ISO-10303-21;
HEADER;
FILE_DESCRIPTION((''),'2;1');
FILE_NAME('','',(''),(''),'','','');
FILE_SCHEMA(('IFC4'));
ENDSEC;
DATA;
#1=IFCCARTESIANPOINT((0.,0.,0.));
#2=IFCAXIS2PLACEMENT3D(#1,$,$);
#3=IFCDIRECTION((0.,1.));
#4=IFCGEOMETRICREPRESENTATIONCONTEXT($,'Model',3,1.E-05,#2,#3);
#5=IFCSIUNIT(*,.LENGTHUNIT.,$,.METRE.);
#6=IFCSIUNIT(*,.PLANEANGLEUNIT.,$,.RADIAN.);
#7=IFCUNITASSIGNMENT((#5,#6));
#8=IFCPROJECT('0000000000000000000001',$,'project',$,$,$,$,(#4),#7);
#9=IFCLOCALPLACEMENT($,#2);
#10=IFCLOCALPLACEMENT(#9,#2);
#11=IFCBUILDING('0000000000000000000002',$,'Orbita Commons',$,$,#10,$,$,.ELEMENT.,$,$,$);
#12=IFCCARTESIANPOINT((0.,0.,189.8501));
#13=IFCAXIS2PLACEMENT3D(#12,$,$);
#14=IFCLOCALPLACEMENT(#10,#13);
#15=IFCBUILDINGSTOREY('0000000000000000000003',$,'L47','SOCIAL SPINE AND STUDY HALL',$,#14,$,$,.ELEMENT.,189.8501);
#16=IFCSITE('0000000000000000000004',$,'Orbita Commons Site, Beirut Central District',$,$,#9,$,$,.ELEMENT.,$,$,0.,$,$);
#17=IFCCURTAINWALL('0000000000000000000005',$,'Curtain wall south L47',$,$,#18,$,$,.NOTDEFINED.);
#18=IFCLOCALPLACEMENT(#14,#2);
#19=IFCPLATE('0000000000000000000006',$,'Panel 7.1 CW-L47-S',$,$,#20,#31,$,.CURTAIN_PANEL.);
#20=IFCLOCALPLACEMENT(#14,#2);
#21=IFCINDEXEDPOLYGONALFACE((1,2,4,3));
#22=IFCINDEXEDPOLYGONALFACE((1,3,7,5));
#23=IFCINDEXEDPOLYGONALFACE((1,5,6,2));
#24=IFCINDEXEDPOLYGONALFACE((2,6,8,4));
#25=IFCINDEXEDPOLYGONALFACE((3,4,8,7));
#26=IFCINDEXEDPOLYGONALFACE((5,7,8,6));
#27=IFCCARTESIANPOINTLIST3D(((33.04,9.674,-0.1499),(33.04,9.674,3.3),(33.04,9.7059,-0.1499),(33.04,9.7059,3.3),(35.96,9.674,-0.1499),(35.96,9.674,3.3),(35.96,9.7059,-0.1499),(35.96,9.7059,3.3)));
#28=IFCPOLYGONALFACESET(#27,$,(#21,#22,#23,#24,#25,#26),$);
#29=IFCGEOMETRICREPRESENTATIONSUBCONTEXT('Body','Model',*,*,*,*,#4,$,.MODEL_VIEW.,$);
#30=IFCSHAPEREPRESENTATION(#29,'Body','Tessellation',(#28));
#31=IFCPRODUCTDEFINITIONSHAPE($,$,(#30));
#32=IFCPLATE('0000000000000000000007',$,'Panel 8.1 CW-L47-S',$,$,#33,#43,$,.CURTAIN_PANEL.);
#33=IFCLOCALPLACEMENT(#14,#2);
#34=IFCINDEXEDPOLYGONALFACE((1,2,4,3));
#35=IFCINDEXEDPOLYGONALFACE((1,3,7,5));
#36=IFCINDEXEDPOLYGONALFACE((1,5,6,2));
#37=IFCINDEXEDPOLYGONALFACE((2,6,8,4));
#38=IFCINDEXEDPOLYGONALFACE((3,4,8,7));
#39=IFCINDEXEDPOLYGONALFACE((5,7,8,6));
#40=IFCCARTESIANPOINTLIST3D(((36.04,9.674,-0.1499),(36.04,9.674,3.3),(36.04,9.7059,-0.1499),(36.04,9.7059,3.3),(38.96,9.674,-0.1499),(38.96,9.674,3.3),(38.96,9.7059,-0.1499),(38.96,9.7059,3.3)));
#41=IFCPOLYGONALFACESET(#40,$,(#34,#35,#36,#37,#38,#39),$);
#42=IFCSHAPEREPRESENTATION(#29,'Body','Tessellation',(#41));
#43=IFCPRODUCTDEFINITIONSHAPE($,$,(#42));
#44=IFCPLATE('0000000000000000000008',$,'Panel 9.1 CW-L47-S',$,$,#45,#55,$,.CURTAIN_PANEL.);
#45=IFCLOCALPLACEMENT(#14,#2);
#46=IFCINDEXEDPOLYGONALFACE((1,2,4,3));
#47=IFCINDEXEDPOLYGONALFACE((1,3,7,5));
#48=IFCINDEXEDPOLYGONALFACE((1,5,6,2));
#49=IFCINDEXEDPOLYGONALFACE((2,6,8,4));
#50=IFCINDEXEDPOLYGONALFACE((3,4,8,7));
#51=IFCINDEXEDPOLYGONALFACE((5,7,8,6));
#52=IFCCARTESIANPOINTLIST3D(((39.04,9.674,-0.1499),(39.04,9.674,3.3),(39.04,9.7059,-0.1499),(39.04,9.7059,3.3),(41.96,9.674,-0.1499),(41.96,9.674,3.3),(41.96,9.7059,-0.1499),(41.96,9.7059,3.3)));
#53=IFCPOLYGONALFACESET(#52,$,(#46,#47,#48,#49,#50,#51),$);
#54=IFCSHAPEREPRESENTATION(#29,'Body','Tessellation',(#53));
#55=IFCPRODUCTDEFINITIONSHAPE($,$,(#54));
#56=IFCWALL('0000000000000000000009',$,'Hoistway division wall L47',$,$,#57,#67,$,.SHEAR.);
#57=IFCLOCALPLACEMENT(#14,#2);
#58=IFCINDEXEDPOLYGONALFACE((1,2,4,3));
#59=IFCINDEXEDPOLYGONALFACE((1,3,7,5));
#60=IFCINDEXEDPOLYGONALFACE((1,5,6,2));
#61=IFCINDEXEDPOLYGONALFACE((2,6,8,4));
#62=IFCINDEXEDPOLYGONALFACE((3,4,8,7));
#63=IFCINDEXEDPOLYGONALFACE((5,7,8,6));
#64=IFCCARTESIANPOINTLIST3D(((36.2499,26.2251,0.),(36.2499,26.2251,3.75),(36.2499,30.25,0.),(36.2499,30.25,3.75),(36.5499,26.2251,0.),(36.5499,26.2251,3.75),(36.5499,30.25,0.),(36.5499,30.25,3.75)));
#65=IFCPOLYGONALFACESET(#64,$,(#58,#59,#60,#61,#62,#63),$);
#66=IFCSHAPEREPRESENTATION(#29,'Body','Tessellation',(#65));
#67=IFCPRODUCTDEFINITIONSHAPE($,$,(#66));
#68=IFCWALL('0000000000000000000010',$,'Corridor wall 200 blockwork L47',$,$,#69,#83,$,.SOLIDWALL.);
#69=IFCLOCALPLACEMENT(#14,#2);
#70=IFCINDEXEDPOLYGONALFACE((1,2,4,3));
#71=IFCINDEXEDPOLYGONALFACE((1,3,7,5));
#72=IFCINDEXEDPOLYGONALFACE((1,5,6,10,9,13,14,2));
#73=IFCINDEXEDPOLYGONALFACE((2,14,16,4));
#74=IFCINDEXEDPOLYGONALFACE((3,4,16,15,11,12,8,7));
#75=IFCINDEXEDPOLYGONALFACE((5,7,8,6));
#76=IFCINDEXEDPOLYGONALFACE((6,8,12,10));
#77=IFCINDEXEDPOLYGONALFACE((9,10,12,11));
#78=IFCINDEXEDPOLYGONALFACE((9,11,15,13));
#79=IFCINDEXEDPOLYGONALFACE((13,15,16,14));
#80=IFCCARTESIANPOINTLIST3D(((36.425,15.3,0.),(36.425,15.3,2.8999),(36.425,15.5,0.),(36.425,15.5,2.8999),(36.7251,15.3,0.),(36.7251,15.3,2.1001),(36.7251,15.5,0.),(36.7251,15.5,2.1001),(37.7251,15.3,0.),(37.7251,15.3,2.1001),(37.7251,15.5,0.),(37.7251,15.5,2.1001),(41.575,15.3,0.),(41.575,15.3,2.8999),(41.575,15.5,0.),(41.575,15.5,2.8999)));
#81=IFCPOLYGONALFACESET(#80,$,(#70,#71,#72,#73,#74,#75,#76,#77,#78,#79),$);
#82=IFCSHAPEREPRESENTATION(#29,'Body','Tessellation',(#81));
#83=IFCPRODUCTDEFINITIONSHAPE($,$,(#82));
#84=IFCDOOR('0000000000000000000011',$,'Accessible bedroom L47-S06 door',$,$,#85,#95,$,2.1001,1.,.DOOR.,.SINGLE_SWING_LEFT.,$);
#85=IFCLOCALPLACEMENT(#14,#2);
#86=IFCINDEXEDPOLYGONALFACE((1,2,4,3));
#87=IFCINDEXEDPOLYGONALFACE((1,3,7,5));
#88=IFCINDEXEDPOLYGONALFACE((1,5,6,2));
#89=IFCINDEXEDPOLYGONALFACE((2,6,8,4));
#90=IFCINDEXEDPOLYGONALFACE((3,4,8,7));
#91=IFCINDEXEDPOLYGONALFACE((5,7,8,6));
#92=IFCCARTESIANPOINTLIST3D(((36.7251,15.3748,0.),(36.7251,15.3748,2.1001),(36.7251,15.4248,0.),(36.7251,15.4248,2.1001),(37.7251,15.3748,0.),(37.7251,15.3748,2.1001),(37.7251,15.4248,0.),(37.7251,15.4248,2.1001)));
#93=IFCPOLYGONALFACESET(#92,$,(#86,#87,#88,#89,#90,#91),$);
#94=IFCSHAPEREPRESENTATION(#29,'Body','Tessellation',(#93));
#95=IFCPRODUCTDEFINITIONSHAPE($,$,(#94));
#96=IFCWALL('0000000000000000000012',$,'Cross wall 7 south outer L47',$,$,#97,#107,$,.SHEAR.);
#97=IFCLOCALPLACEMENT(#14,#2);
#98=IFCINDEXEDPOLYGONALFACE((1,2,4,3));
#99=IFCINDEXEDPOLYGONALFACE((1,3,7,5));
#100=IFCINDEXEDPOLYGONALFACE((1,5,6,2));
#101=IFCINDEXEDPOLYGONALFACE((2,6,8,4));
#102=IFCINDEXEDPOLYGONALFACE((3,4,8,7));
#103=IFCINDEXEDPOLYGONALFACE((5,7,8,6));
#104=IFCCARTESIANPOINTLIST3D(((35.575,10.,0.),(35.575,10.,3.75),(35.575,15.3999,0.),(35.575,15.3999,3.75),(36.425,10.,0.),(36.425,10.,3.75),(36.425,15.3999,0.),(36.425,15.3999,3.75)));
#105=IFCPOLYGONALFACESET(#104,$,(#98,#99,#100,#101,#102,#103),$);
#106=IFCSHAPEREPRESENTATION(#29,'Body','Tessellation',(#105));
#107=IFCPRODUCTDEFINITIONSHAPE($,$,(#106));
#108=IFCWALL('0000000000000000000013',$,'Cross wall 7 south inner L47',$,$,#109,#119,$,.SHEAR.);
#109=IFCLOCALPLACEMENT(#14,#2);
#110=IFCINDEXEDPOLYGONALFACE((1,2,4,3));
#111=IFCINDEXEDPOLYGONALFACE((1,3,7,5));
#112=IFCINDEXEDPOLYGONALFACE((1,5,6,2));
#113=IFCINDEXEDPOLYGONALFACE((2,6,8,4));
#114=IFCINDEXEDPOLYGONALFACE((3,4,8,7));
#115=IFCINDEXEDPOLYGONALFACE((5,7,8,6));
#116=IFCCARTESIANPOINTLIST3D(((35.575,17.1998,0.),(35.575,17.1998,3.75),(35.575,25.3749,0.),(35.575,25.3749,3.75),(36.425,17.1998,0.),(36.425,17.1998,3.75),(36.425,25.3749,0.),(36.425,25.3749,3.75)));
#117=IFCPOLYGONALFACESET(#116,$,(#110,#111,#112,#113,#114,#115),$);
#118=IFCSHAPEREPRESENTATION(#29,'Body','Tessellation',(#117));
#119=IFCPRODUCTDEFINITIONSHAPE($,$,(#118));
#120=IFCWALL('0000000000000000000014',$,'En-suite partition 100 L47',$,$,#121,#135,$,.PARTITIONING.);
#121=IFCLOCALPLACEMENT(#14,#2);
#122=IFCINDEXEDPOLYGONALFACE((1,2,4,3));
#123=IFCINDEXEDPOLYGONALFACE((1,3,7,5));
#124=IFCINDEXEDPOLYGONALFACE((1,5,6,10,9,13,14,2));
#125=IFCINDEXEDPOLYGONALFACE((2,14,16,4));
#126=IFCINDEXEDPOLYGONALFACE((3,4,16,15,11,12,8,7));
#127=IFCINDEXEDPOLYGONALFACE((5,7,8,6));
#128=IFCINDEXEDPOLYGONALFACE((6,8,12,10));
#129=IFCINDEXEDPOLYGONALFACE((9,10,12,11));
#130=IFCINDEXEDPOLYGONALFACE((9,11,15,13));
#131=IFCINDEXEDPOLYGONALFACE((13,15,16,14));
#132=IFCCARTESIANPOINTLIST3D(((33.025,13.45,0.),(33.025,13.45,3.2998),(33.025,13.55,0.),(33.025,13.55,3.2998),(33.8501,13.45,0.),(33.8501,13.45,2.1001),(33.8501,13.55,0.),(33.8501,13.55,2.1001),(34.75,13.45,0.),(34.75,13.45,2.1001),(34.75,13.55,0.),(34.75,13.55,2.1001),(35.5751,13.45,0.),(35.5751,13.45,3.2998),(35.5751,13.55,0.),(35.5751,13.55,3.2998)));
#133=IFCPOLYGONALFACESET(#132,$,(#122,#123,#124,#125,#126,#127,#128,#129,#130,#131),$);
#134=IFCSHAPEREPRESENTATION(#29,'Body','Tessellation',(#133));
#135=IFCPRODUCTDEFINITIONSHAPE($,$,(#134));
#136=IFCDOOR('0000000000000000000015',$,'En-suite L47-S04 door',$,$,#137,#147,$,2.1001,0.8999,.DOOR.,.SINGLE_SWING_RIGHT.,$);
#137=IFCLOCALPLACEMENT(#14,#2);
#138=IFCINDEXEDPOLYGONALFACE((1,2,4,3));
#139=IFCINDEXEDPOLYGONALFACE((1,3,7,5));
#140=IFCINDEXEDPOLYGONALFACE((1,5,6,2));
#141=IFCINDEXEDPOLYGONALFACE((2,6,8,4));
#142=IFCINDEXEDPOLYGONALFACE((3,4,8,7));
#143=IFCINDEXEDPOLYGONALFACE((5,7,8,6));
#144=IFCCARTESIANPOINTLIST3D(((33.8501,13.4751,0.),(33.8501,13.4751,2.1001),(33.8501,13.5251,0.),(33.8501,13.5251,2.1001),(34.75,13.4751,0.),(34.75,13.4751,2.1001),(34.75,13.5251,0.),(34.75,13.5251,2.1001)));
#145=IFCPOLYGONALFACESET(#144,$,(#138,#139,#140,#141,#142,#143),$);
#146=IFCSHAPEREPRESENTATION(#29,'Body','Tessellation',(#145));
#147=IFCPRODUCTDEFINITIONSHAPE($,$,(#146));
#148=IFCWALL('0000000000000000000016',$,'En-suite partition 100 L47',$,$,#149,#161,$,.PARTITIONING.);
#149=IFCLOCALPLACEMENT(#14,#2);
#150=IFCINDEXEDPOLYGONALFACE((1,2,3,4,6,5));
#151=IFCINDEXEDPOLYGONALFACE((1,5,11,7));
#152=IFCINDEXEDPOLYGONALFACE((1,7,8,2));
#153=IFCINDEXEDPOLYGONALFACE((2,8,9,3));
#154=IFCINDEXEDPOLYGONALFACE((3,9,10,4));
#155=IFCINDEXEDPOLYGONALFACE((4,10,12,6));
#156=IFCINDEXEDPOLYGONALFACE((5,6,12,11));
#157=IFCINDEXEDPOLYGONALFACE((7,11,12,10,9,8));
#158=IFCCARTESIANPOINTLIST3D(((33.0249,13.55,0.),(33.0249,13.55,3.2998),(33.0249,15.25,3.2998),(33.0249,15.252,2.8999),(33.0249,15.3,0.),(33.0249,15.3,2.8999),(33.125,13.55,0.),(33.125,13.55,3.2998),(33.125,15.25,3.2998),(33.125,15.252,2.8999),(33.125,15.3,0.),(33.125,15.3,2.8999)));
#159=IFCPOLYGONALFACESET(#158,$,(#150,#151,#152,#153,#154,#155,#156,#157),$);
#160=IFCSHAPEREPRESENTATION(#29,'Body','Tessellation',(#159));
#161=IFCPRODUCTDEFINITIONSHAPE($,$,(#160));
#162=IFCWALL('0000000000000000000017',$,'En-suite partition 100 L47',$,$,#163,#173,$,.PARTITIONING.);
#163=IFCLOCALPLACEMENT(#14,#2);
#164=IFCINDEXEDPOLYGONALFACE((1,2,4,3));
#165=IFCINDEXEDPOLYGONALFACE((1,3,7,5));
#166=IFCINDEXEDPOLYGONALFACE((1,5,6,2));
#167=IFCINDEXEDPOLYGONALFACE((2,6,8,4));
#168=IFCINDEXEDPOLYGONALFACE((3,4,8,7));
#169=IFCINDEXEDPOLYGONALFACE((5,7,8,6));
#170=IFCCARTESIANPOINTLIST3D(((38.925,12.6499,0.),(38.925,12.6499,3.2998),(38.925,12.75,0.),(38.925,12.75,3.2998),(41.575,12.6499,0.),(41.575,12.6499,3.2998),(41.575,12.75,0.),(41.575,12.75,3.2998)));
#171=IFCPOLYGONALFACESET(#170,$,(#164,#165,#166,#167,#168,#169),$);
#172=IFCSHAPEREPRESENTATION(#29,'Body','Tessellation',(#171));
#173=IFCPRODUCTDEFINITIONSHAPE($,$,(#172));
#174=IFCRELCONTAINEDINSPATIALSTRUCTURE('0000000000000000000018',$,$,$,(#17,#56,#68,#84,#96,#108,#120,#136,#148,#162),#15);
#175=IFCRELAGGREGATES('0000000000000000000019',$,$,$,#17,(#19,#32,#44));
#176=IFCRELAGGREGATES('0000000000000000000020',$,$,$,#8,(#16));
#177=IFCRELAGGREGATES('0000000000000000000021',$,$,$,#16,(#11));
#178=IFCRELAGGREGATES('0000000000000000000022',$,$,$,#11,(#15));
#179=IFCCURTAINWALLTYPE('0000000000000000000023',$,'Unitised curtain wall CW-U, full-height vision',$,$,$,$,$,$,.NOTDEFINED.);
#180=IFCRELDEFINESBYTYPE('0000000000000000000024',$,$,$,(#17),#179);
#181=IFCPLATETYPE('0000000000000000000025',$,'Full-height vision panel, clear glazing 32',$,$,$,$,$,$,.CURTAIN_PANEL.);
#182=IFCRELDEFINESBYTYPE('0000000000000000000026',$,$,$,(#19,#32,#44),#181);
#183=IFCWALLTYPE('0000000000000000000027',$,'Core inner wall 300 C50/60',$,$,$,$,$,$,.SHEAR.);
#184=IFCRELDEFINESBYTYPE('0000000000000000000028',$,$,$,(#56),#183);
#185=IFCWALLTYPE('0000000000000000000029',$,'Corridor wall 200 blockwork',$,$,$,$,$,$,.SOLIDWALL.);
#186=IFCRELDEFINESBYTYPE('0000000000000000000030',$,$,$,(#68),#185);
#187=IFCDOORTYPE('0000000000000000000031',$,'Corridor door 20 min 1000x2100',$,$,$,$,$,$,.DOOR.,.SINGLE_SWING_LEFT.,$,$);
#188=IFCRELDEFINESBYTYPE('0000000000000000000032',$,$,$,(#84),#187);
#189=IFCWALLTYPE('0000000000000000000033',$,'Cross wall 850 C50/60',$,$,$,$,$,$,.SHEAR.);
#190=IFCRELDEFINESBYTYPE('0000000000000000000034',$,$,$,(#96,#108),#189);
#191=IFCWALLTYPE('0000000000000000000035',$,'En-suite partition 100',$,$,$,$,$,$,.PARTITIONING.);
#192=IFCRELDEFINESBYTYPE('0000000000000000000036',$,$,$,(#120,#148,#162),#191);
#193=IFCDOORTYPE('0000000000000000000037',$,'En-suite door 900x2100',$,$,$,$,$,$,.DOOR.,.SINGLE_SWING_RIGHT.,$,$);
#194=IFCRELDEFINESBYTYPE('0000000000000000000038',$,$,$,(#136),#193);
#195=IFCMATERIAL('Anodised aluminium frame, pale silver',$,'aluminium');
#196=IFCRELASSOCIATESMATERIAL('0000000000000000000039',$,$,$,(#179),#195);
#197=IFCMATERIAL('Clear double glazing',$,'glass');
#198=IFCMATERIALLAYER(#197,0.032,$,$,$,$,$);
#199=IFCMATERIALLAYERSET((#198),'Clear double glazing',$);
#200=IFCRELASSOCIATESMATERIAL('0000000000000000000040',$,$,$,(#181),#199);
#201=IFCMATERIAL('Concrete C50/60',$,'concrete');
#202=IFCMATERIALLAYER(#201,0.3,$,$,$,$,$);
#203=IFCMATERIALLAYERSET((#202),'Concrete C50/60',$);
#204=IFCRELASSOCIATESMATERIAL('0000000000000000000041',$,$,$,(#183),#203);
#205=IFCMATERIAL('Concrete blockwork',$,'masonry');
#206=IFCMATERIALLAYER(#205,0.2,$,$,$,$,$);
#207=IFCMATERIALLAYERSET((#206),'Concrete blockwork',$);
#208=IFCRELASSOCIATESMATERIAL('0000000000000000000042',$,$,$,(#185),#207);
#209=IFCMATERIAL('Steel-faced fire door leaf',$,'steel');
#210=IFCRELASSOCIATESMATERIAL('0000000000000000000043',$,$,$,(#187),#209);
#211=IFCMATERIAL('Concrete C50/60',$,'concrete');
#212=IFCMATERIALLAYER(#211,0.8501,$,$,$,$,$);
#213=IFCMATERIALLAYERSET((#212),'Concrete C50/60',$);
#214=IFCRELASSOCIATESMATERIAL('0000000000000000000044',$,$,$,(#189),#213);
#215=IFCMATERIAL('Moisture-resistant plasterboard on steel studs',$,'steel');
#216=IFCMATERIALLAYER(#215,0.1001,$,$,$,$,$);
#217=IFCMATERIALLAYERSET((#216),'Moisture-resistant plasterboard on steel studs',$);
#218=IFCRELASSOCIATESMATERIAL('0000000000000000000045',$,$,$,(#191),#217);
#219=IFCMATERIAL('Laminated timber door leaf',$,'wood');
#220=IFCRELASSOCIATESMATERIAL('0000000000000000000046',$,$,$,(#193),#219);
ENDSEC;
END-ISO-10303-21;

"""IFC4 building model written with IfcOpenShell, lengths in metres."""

from ifc_helpers import new_model, si_unit, direction, frame, frame_2d, origin, origin_2d, place, context, subcontext, project, spatial, polyline, rectangle, outline, extrude, material, layer, layer_set, type_object, element, fill, aggregate, save


model = new_model("IFC4")

# Units and contexts
model_context = context("Model", 3, precision=1e-05, world=origin(), true_north=direction((0.0, 1.0)))
body_context = subcontext(model_context, "Body", "Model", "MODEL_VIEW")
ifc_project = project(units=[si_unit("LENGTHUNIT", "METRE"), si_unit("PLANEANGLEUNIT", "RADIAN")], contexts=[model_context])

# Site, building, storey
site_placement = place(None, origin())
site = spatial("IfcSite", under=ifc_project, at=site_placement, Name="Orbita Commons Site, Beirut Central District", CompositionType="ELEMENT", RefElevation=0.0)
building_placement = place(site_placement, origin())
building = spatial("IfcBuilding", under=site, at=building_placement, Name="Orbita Commons", CompositionType="ELEMENT")
storey_placement = place(building_placement, frame((0.0, 0.0, 189.8501)))
storey = spatial("IfcBuildingStorey", under=building, at=storey_placement, Name="L47", Description="SOCIAL SPINE AND STUDY HALL", CompositionType="ELEMENT", Elevation=189.8501)

# Curtain wall
ifc_material_1 = material(Name="Anodised aluminium frame, pale silver", Category="aluminium")
curtain_wall_type = type_object("IfcCurtainWallType", Name="Unitised curtain wall CW-U, full-height vision", PredefinedType="NOTDEFINED", material=ifc_material_1)
curtain_wall_placement = place(storey_placement, origin())
curtain_wall = element("IfcCurtainWall", 1, at=curtain_wall_placement, inside=storey, type_object=curtain_wall_type, Name="Curtain wall south L47", PredefinedType="NOTDEFINED")

# Plates
ifc_material_2 = material(Name="Clear double glazing", Category="glass")
ifc_layer_1 = layer(ifc_material_2, 0.032)
ifc_layer_set_1 = layer_set([ifc_layer_1], Name="Clear double glazing")
plate_type = type_object("IfcPlateType", Name="Full-height vision panel, clear glazing 32", PredefinedType="CURTAIN_PANEL", material=ifc_layer_set_1)
plate_1_placement = place(storey_placement, frame((34.5, 9.6899, -0.1499), z_axis=(0.0, 0.0, 1.0), x_axis=(1.0, 0.0, 0.0)))
plate_1 = element("IfcPlate", 2, at=plate_1_placement, type_object=plate_type, Name="Panel 7.1 CW-L47-S", PredefinedType="CURTAIN_PANEL", context=body_context, shape_type="SweptSolid", body=[
    extrude(rectangle(XDim=2.9199, YDim=0.032, at=origin_2d()), origin(), (0.0, 0.0, 1.0), 3.45),
])
plate_2_placement = place(storey_placement, frame((37.5, 9.6899, -0.1499), z_axis=(0.0, 0.0, 1.0), x_axis=(1.0, 0.0, 0.0)))
plate_2 = element("IfcPlate", 3, at=plate_2_placement, type_object=plate_type, Name="Panel 8.1 CW-L47-S", PredefinedType="CURTAIN_PANEL", context=body_context, shape_type="SweptSolid", body=[
    extrude(rectangle(XDim=2.9199, YDim=0.032, at=origin_2d()), origin(), (0.0, 0.0, 1.0), 3.45),
])
plate_3_placement = place(storey_placement, frame((40.5, 9.6899, -0.1499), z_axis=(0.0, 0.0, 1.0), x_axis=(1.0, 0.0, 0.0)))
plate_3 = element("IfcPlate", 4, at=plate_3_placement, type_object=plate_type, Name="Panel 9.1 CW-L47-S", PredefinedType="CURTAIN_PANEL", context=body_context, shape_type="SweptSolid", body=[
    extrude(rectangle(XDim=2.9199, YDim=0.032, at=origin_2d()), origin(), (0.0, 0.0, 1.0), 3.45),
])
aggregate(curtain_wall, [plate_1, plate_2, plate_3])

# Wall
ifc_material_3 = material(Name="Concrete C50/60", Category="concrete")
ifc_layer_2 = layer(ifc_material_3, 0.3)
ifc_layer_set_2 = layer_set([ifc_layer_2], Name="Concrete C50/60")
wall_type_1 = type_object("IfcWallType", Name="Core inner wall 300 C50/60", PredefinedType="SHEAR", material=ifc_layer_set_2)
wall_1_placement = place(storey_placement, frame((36.3999, 26.2251, 0.0), z_axis=(0.0, 0.0, 1.0), x_axis=(0.0, 1.0, 0.0)))
element("IfcWall", 5, at=wall_1_placement, inside=storey, type_object=wall_type_1, Name="Hoistway division wall L47", PredefinedType="SHEAR", context=body_context, shape_type="SweptSolid", body=[
    extrude(rectangle(XDim=4.0249, YDim=0.3, at=frame_2d((2.0125, 0.0))), origin(), (0.0, 0.0, 1.0), 3.75),
])

# Wall, opening, door
ifc_material_4 = material(Name="Concrete blockwork", Category="masonry")
ifc_layer_3 = layer(ifc_material_4, 0.2)
ifc_layer_set_3 = layer_set([ifc_layer_3], Name="Concrete blockwork")
wall_type_2 = type_object("IfcWallType", Name="Corridor wall 200 blockwork", PredefinedType="SOLIDWALL", material=ifc_layer_set_3)
wall_2_placement = place(storey_placement, frame((36.425, 15.3999, 0.0), z_axis=(0.0, 0.0, 1.0), x_axis=(1.0, 0.0, 0.0)))
wall_2 = element("IfcWall", 6, at=wall_2_placement, inside=storey, type_object=wall_type_2, Name="Corridor wall 200 blockwork L47", PredefinedType="SOLIDWALL", context=body_context, shape_type="SweptSolid", body=[
    extrude(outline(polyline([(0.0, 0.0), (5.1499, 0.0), (5.1499, 2.8999), (0.0, 2.8999), (0.0, 0.0)])), frame((0.0, 0.1001, 0.0), z_axis=(0.0, -1.0, 0.0), x_axis=(1.0, 0.0, 0.0)), (0.0, 0.0, 1.0), 0.2),
])
opening_1_placement = place(wall_2_placement, frame((0.3, 0.0, 0.0)))
opening_1 = element("IfcOpeningElement", 7, at=opening_1_placement, cuts=wall_2, PredefinedType="OPENING", context=body_context, shape_type="SweptSolid", body=[
    extrude(rectangle(XDim=1.0, YDim=2.1001, at=frame_2d((0.5, 1.05))), frame((0.0, 0.1099, 0.0), z_axis=(0.0, -1.0, 0.0), x_axis=(1.0, 0.0, 0.0)), (0.0, 0.0, 1.0), 0.22),
])
ifc_material_5 = material(Name="Steel-faced fire door leaf", Category="steel")
door_type_1 = type_object("IfcDoorType", Name="Corridor door 20 min 1000x2100", OperationType="SINGLE_SWING_LEFT", PredefinedType="DOOR", material=ifc_material_5)
door_1_placement = place(opening_1_placement, origin())
door_1 = element("IfcDoor", 8, at=door_1_placement, inside=storey, type_object=door_type_1, Name="Accessible bedroom L47-S06 door", OperationType="SINGLE_SWING_LEFT", OverallHeight=2.1001, OverallWidth=1.0, PredefinedType="DOOR", context=body_context, shape_type="SweptSolid", body=[
    extrude(rectangle(XDim=1.0, YDim=2.1001, at=frame_2d((0.5, 1.05))), frame((0.0, 0.0249, 0.0), z_axis=(0.0, -1.0, 0.0), x_axis=(1.0, 0.0, 0.0)), (0.0, 0.0, 1.0), 0.05),
])
fill(opening_1, door_1)

# Walls
ifc_material_6 = material(Name="Concrete C50/60", Category="concrete")
ifc_layer_4 = layer(ifc_material_6, 0.8501)
ifc_layer_set_4 = layer_set([ifc_layer_4], Name="Concrete C50/60")
wall_type_3 = type_object("IfcWallType", Name="Cross wall 850 C50/60", PredefinedType="SHEAR", material=ifc_layer_set_4)
wall_3_placement = place(storey_placement, frame((36.0, 10.0, 0.0), z_axis=(0.0, 0.0, 1.0), x_axis=(0.0, 1.0, 0.0)))
element("IfcWall", 9, at=wall_3_placement, inside=storey, type_object=wall_type_3, Name="Cross wall 7 south outer L47", PredefinedType="SHEAR", context=body_context, shape_type="SweptSolid", body=[
    extrude(rectangle(XDim=5.3999, YDim=0.8501, at=frame_2d((2.7, 0.0))), origin(), (0.0, 0.0, 1.0), 3.75),
])
wall_4_placement = place(storey_placement, frame((36.0, 17.2, 0.0), z_axis=(0.0, 0.0, 1.0), x_axis=(0.0, 1.0, 0.0)))
element("IfcWall", 10, at=wall_4_placement, inside=storey, type_object=wall_type_3, Name="Cross wall 7 south inner L47", PredefinedType="SHEAR", context=body_context, shape_type="SweptSolid", body=[
    extrude(rectangle(XDim=8.175, YDim=0.8501, at=frame_2d((4.0874, 0.0))), origin(), (0.0, 0.0, 1.0), 3.75),
])

# Wall, opening, door
ifc_material_7 = material(Name="Moisture-resistant plasterboard on steel studs", Category="steel")
ifc_layer_5 = layer(ifc_material_7, 0.1001)
ifc_layer_set_5 = layer_set([ifc_layer_5], Name="Moisture-resistant plasterboard on steel studs")
wall_type_4 = type_object("IfcWallType", Name="En-suite partition 100", PredefinedType="PARTITIONING", material=ifc_layer_set_5)
wall_5_placement = place(storey_placement, frame((35.575, 13.5, 0.0), z_axis=(0.0, 0.0, 1.0), x_axis=(-1.0, 0.0, 0.0)))
wall_5 = element("IfcWall", 11, at=wall_5_placement, inside=storey, type_object=wall_type_4, Name="En-suite partition 100 L47", PredefinedType="PARTITIONING", context=body_context, shape_type="SweptSolid", body=[
    extrude(rectangle(XDim=2.55, YDim=0.1001, at=frame_2d((1.2749, 0.0))), origin(), (0.0, 0.0, 1.0), 3.2998),
])
opening_2_placement = place(wall_5_placement, frame((0.825, 0.0, 0.0)))
opening_2 = element("IfcOpeningElement", 12, at=opening_2_placement, cuts=wall_5, PredefinedType="OPENING", context=body_context, shape_type="SweptSolid", body=[
    extrude(rectangle(XDim=0.8999, YDim=2.1001, at=frame_2d((0.45, 1.05))), frame((0.0, 0.0601, 0.0), z_axis=(0.0, -1.0, 0.0), x_axis=(1.0, 0.0, 0.0)), (0.0, 0.0, 1.0), 0.1201),
])
ifc_material_8 = material(Name="Laminated timber door leaf", Category="wood")
door_type_2 = type_object("IfcDoorType", Name="En-suite door 900x2100", OperationType="SINGLE_SWING_RIGHT", PredefinedType="DOOR", material=ifc_material_8)
door_2_placement = place(opening_2_placement, origin())
door_2 = element("IfcDoor", 13, at=door_2_placement, inside=storey, type_object=door_type_2, Name="En-suite L47-S04 door", OperationType="SINGLE_SWING_RIGHT", OverallHeight=2.1001, OverallWidth=0.8999, PredefinedType="DOOR", context=body_context, shape_type="SweptSolid", body=[
    extrude(rectangle(XDim=0.8999, YDim=2.1001, at=frame_2d((0.45, 1.05))), frame((0.0, 0.0249, 0.0), z_axis=(0.0, -1.0, 0.0), x_axis=(1.0, 0.0, 0.0)), (0.0, 0.0, 1.0), 0.05),
])
fill(opening_2, door_2)

# Walls
wall_6_placement = place(storey_placement, frame((33.075, 13.55, 0.0), z_axis=(0.0, 0.0, 1.0), x_axis=(0.0, 1.0, 0.0)))
element("IfcWall", 14, at=wall_6_placement, inside=storey, type_object=wall_type_4, Name="En-suite partition 100 L47", PredefinedType="PARTITIONING", context=body_context, shape_type="SweptSolid", body=[
    extrude(outline(polyline([(0.0, 0.0), (1.75, 0.0), (1.75, 2.8999), (1.7019, 2.8999), (1.7, 3.2998), (0.0, 3.2998), (0.0, 0.0)])), frame((0.0, 0.05, 0.0), z_axis=(0.0, -1.0, 0.0), x_axis=(1.0, 0.0, 0.0)), (0.0, 0.0, 1.0), 0.1001),
])
wall_7_placement = place(storey_placement, frame((38.925, 12.7, 0.0), z_axis=(0.0, 0.0, 1.0), x_axis=(1.0, 0.0, 0.0)))
element("IfcWall", 15, at=wall_7_placement, inside=storey, type_object=wall_type_4, Name="En-suite partition 100 L47", PredefinedType="PARTITIONING", context=body_context, shape_type="SweptSolid", body=[
    extrude(rectangle(XDim=2.6499, YDim=0.1001, at=frame_2d((1.325, 0.0))), origin(), (0.0, 0.0, 1.0), 3.2998),
])

save(model, "model.ifc")
